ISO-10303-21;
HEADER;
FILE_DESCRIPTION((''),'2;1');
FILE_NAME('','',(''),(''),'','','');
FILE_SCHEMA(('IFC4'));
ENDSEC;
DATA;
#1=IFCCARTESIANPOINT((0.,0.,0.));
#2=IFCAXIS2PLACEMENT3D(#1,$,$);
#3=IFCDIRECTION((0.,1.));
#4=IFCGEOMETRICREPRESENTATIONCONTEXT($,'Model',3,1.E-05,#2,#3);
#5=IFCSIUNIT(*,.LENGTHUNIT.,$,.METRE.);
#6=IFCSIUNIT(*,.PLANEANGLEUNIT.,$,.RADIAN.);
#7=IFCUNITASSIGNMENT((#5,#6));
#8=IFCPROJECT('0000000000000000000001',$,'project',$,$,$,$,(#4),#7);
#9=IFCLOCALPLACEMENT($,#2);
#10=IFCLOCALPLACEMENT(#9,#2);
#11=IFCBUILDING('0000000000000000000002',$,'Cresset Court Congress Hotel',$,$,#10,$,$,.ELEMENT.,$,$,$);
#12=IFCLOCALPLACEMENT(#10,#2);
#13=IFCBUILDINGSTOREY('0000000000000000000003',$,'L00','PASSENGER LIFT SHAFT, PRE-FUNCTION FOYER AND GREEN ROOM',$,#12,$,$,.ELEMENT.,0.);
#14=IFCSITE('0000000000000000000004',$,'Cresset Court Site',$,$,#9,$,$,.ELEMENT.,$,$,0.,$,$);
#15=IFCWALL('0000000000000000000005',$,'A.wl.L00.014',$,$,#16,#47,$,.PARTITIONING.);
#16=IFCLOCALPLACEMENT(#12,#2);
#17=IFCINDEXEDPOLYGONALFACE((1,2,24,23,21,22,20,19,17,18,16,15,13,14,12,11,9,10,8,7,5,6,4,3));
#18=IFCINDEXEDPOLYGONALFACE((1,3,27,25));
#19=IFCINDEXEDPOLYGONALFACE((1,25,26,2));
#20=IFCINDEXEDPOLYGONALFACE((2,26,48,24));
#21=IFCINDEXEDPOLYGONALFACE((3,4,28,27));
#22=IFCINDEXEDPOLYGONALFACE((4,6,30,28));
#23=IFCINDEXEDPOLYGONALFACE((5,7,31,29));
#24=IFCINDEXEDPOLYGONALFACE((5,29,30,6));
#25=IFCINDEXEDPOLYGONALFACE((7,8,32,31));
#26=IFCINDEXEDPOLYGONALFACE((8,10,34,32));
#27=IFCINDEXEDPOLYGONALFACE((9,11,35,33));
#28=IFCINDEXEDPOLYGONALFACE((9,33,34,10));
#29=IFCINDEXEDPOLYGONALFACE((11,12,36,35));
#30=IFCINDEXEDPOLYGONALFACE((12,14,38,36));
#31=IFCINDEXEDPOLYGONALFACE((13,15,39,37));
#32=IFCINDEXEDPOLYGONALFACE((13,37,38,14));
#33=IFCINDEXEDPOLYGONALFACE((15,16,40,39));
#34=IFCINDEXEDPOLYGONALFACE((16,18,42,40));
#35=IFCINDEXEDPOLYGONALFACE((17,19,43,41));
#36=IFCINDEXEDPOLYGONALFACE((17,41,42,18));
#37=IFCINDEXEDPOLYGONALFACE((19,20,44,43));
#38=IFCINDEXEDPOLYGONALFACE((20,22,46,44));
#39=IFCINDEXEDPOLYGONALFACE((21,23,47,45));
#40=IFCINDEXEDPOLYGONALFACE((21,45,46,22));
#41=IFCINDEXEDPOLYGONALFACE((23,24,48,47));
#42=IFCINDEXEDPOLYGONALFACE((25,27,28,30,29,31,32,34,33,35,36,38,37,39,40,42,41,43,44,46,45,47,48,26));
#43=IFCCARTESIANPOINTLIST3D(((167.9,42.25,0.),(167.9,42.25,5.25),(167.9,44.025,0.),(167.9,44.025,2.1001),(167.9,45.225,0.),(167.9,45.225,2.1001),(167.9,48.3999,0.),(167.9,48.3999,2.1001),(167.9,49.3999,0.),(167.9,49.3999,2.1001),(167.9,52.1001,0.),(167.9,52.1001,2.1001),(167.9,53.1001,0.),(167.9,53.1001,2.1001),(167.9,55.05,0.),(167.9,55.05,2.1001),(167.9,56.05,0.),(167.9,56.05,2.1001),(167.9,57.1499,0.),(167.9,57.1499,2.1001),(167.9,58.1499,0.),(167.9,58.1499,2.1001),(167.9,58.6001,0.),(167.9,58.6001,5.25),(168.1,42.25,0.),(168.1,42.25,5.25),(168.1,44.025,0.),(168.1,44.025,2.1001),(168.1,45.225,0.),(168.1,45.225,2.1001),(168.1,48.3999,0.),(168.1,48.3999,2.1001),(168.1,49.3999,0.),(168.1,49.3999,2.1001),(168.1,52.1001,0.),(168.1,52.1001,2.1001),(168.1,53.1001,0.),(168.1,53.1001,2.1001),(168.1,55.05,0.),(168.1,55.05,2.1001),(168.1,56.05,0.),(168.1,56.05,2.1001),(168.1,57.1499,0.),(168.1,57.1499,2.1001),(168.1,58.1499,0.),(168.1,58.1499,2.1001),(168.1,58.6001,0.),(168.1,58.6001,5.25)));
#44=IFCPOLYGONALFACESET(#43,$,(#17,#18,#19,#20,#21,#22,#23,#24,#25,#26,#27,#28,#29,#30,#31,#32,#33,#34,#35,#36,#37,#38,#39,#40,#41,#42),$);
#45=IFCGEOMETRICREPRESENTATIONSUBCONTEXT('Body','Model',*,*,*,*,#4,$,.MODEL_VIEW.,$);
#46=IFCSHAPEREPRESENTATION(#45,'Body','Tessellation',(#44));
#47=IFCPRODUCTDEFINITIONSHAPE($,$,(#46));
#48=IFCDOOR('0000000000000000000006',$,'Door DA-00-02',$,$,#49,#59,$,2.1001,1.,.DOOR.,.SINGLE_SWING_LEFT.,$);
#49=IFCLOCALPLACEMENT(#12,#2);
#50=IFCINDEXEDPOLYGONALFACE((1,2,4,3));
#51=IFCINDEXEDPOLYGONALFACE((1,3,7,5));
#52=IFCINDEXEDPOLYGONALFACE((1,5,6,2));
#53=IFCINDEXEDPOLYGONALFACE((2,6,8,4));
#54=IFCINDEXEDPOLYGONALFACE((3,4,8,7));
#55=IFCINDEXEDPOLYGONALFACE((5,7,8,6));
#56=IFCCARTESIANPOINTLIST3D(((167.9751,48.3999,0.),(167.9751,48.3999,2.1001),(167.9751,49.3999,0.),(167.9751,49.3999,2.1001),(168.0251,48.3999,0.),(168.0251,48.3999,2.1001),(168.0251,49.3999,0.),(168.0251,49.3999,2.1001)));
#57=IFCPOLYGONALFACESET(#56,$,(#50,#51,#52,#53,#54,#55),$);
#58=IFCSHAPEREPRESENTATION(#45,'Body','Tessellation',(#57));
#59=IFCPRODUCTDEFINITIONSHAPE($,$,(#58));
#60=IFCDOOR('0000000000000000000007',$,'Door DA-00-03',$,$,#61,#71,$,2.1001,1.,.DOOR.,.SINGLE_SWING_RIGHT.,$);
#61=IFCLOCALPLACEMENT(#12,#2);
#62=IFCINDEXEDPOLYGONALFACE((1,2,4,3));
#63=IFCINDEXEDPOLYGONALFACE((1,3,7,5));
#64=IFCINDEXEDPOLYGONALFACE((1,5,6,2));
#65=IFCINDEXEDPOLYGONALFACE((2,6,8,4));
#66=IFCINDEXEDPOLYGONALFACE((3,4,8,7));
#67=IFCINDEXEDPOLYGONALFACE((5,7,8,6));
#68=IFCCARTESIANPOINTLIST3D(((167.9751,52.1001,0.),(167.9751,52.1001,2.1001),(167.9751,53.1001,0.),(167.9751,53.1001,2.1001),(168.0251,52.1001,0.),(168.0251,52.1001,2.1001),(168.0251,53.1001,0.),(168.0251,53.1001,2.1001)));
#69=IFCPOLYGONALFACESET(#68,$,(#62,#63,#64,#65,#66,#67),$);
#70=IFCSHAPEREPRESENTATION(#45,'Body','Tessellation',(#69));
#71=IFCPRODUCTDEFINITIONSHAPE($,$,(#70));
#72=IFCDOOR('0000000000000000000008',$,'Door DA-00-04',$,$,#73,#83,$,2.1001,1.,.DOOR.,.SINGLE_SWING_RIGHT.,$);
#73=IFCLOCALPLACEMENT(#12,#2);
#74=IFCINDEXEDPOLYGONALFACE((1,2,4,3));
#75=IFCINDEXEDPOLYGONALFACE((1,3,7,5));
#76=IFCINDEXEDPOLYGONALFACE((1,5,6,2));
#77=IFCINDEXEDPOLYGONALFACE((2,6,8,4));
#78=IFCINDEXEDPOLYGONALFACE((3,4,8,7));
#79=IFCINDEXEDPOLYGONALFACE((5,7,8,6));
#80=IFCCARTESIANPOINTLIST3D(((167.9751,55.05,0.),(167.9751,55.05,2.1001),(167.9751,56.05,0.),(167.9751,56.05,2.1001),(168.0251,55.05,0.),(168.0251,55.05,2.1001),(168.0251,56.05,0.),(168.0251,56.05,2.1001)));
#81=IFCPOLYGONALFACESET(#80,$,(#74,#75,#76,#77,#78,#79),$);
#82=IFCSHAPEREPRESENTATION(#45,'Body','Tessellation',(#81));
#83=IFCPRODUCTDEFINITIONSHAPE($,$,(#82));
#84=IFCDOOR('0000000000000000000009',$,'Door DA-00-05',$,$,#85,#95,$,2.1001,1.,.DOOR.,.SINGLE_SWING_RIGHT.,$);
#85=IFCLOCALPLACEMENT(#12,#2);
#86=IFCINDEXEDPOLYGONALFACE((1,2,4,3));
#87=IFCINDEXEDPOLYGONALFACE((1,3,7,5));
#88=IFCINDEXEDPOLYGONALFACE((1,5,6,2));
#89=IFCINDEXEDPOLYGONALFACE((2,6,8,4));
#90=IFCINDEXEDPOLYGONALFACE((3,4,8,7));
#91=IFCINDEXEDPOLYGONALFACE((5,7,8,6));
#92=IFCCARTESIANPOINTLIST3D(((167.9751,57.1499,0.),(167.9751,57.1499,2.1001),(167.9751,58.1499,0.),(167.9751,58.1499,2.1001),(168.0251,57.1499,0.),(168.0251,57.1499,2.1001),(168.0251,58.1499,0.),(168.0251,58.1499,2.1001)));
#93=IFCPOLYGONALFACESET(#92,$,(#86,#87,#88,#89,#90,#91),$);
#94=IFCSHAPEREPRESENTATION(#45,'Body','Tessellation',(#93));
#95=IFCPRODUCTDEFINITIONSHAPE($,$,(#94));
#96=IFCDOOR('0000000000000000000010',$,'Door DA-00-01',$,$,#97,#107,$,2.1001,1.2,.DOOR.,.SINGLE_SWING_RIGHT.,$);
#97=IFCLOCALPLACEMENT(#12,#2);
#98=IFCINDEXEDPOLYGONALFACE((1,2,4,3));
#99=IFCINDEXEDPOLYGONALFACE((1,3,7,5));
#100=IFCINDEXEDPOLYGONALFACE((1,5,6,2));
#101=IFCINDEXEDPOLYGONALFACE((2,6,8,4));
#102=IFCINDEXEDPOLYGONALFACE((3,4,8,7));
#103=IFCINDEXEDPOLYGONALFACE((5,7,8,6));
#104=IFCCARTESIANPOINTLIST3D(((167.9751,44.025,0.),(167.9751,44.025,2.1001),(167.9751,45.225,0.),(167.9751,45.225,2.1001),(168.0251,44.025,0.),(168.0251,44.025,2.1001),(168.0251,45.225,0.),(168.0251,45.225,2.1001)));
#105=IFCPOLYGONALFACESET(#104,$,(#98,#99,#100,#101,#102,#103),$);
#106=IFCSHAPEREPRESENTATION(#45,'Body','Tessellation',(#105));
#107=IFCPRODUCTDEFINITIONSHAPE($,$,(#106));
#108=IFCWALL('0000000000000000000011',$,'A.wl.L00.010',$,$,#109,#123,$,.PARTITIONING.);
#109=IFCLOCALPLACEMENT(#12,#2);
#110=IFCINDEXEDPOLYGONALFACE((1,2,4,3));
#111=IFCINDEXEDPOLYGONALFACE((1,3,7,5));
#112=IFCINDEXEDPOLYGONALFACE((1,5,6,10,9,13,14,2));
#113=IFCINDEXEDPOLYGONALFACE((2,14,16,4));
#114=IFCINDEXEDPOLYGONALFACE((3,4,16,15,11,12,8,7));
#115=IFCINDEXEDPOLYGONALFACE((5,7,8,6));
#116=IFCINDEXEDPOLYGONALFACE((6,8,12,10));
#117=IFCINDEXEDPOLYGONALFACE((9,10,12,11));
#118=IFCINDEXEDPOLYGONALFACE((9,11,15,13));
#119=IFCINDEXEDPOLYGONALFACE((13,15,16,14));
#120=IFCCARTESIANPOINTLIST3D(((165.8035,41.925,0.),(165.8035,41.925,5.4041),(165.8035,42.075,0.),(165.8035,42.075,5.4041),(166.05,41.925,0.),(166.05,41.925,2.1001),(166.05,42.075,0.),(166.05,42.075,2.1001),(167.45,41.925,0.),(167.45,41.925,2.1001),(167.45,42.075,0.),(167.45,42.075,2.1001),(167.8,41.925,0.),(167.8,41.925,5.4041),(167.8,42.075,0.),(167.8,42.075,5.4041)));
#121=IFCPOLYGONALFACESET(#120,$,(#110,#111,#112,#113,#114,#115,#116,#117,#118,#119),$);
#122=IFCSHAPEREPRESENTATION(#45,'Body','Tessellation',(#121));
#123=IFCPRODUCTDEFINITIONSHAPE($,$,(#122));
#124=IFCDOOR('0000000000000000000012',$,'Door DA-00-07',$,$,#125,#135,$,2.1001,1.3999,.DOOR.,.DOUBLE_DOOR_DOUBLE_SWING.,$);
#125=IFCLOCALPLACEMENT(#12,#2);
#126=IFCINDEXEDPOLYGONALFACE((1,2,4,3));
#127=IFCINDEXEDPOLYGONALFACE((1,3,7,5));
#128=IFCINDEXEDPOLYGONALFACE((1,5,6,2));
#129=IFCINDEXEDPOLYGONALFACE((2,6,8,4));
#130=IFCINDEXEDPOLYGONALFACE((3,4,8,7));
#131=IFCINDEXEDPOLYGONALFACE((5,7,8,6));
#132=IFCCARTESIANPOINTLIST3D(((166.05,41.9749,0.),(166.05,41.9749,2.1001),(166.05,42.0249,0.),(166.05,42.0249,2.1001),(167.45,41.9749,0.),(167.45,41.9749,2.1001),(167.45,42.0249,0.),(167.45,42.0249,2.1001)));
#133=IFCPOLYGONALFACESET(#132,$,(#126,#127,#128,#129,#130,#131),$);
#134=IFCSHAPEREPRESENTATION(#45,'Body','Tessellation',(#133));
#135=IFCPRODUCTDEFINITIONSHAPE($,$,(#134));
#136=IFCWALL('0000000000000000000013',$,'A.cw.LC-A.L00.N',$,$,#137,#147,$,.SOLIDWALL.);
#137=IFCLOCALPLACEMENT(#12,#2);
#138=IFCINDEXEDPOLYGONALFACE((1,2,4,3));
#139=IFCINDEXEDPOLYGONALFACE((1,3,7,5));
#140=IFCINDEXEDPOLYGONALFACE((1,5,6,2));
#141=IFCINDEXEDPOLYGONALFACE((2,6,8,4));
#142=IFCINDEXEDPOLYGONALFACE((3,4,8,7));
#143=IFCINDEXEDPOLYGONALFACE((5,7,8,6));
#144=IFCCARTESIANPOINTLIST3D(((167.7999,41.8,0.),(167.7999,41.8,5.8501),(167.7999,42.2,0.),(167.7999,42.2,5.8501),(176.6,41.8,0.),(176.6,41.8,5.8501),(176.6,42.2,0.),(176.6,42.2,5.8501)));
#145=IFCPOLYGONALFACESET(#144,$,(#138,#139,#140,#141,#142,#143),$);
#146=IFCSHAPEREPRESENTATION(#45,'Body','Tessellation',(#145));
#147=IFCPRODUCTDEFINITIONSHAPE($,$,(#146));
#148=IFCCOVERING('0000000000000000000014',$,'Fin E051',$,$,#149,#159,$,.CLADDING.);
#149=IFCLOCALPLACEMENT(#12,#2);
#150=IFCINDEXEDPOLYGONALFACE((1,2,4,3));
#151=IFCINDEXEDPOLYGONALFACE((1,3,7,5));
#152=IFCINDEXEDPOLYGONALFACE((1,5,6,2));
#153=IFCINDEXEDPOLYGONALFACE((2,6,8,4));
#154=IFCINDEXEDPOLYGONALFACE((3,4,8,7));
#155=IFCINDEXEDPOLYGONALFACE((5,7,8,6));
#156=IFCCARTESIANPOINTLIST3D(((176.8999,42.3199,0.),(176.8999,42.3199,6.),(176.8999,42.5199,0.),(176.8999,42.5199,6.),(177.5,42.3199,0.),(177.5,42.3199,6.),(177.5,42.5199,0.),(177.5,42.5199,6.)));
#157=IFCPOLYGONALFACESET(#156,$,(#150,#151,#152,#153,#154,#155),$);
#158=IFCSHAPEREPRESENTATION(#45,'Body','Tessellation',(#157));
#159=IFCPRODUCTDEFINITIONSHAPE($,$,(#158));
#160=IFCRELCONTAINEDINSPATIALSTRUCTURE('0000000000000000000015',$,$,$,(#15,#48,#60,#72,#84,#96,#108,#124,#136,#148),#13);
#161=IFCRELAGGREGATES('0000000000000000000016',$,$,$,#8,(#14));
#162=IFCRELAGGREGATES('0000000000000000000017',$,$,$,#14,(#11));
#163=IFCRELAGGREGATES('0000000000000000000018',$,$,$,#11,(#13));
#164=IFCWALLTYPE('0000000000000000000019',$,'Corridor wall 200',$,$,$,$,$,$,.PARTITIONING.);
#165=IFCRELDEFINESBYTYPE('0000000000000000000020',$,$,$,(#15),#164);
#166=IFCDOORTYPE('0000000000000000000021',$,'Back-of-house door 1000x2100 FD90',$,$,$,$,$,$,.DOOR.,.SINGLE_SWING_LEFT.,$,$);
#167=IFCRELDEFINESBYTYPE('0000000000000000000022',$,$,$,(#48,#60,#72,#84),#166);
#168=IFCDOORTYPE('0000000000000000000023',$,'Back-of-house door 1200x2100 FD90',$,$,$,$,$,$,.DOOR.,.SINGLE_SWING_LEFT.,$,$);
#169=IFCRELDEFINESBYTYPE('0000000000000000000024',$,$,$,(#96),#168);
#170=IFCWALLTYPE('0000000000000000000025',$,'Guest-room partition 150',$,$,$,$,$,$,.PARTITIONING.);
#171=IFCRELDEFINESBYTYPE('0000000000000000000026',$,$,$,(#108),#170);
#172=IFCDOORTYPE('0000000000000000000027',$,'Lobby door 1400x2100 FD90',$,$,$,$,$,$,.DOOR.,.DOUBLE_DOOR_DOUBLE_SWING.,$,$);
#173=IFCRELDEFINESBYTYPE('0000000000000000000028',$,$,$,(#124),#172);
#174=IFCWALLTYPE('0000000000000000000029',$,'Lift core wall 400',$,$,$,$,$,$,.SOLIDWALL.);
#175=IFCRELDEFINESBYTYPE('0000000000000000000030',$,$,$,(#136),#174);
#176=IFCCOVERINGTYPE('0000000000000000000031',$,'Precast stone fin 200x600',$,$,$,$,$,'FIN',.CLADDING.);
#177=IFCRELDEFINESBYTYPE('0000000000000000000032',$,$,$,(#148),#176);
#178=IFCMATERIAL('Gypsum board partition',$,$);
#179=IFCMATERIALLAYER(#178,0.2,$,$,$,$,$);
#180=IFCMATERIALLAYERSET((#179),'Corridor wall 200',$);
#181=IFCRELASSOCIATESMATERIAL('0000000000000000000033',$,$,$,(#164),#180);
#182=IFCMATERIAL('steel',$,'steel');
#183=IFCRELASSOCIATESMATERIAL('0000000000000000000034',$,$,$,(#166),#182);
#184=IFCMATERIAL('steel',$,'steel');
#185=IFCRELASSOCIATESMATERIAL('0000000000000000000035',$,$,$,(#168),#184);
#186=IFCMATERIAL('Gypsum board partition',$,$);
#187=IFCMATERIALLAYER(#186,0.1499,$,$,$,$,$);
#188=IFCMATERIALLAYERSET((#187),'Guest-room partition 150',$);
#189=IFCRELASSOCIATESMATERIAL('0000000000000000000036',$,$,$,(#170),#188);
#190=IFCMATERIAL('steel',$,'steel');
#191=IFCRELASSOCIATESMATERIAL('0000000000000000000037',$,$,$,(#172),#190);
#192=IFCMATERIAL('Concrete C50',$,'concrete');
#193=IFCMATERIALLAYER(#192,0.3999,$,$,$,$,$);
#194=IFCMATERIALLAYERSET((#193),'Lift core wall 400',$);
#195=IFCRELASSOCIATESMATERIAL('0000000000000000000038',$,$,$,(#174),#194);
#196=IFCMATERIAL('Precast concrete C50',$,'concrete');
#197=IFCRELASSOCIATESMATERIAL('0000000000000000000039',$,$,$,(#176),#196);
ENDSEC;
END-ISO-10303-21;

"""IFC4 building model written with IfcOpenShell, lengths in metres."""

from ifc_helpers import new_model, si_unit, direction, frame, frame_2d, origin, origin_2d, place, context, subcontext, project, spatial, rectangle, extrude, material, layer, layer_set, type_object, element, fill, save


model = new_model("IFC4")

# Units and contexts
model_context = context("Model", 3, precision=1e-05, world=origin(), true_north=direction((0.0, 1.0)))
body_context = subcontext(model_context, "Body", "Model", "MODEL_VIEW")
ifc_project = project(units=[si_unit("LENGTHUNIT", "METRE"), si_unit("PLANEANGLEUNIT", "RADIAN")], contexts=[model_context])

# Site, building, storey
site_placement = place(None, origin())
site = spatial("IfcSite", under=ifc_project, at=site_placement, Name="Cresset Court Site", CompositionType="ELEMENT", RefElevation=0.0)
building_placement = place(site_placement, origin())
building = spatial("IfcBuilding", under=site, at=building_placement, Name="Cresset Court Congress Hotel", CompositionType="ELEMENT")
storey_placement = place(building_placement, origin())
storey = spatial("IfcBuildingStorey", under=building, at=storey_placement, Name="L00", Description="PASSENGER LIFT SHAFT, PRE-FUNCTION FOYER AND GREEN ROOM", CompositionType="ELEMENT", Elevation=0.0)

# Shared definitions
ifc_material_1 = material(Name="Gypsum board partition")
ifc_layer_1 = layer(ifc_material_1, 0.2)
ifc_layer_set_1 = layer_set([ifc_layer_1], Name="Corridor wall 200")
wall_type_1 = type_object("IfcWallType", Name="Corridor wall 200", PredefinedType="PARTITIONING", material=ifc_layer_set_1)

# Wall, openings, doors
wall_1_placement = place(storey_placement, frame((168.0, 42.25, 0.0), z_axis=(0.0, 0.0, 1.0), x_axis=(0.0, 1.0, 0.0)))
wall_1 = element("IfcWall", 1, at=wall_1_placement, inside=storey, type_object=wall_type_1, Name="A.wl.L00.014", PredefinedType="PARTITIONING", context=body_context, shape_type="SweptSolid", body=[
    extrude(rectangle(XDim=16.3501, YDim=0.2, at=frame_2d((8.175, 0.0))), origin(), (0.0, 0.0, 1.0), 5.25),
])
opening_1_placement = place(wall_1_placement, frame((1.7749, 0.0, 0.0)))
opening_1 = element("IfcOpeningElement", 2, at=opening_1_placement, cuts=wall_1, PredefinedType="OPENING", context=body_context, shape_type="SweptSolid", body=[
    extrude(rectangle(XDim=1.2, YDim=2.1001, at=frame_2d((0.6001, 1.05))), frame((0.0, 0.1099, 0.0), z_axis=(0.0, -1.0, 0.0), x_axis=(1.0, 0.0, 0.0)), (0.0, 0.0, 1.0), 0.22),
])
opening_2_placement = place(wall_1_placement, frame((6.1499, 0.0, 0.0)))
opening_2 = element("IfcOpeningElement", 3, at=opening_2_placement, cuts=wall_1, PredefinedType="OPENING", context=body_context, shape_type="SweptSolid", body=[
    extrude(rectangle(XDim=1.0, YDim=2.1001, at=frame_2d((0.5, 1.05))), frame((0.0, 0.1099, 0.0), z_axis=(0.0, -1.0, 0.0), x_axis=(1.0, 0.0, 0.0)), (0.0, 0.0, 1.0), 0.22),
])
opening_3_placement = place(wall_1_placement, frame((9.8501, 0.0, 0.0)))
opening_3 = element("IfcOpeningElement", 4, at=opening_3_placement, cuts=wall_1, PredefinedType="OPENING", context=body_context, shape_type="SweptSolid", body=[
    extrude(rectangle(XDim=1.0, YDim=2.1001, at=frame_2d((0.5, 1.05))), frame((0.0, 0.1099, 0.0), z_axis=(0.0, -1.0, 0.0), x_axis=(1.0, 0.0, 0.0)), (0.0, 0.0, 1.0), 0.22),
])
opening_4_placement = place(wall_1_placement, frame((12.8, 0.0, 0.0)))
opening_4 = element("IfcOpeningElement", 5, at=opening_4_placement, cuts=wall_1, PredefinedType="OPENING", context=body_context, shape_type="SweptSolid", body=[
    extrude(rectangle(XDim=1.0, YDim=2.1001, at=frame_2d((0.5, 1.05))), frame((0.0, 0.1099, 0.0), z_axis=(0.0, -1.0, 0.0), x_axis=(1.0, 0.0, 0.0)), (0.0, 0.0, 1.0), 0.22),
])
opening_5_placement = place(wall_1_placement, frame((14.8999, 0.0, 0.0)))
opening_5 = element("IfcOpeningElement", 6, at=opening_5_placement, cuts=wall_1, PredefinedType="OPENING", context=body_context, shape_type="SweptSolid", body=[
    extrude(rectangle(XDim=1.0, YDim=2.1001, at=frame_2d((0.5, 1.05))), frame((0.0, 0.1099, 0.0), z_axis=(0.0, -1.0, 0.0), x_axis=(1.0, 0.0, 0.0)), (0.0, 0.0, 1.0), 0.22),
])
ifc_material_2 = material(Name="steel", Category="steel")
door_type_1 = type_object("IfcDoorType", Name="Back-of-house door 1000x2100 FD90", OperationType="SINGLE_SWING_LEFT", PredefinedType="DOOR", material=ifc_material_2)
door_1_placement = place(opening_2_placement, origin())
door_1 = element("IfcDoor", 7, at=door_1_placement, inside=storey, type_object=door_type_1, Name="Door DA-00-02", OperationType="SINGLE_SWING_LEFT", OverallHeight=2.1001, OverallWidth=1.0, PredefinedType="DOOR", context=body_context, shape_type="SweptSolid", body=[
    extrude(rectangle(XDim=1.0, YDim=2.1001, at=frame_2d((0.5, 1.05))), frame((0.0, 0.0249, 0.0), z_axis=(0.0, -1.0, 0.0), x_axis=(1.0, 0.0, 0.0)), (0.0, 0.0, 1.0), 0.05),
])
fill(opening_2, door_1)
door_2_placement = place(opening_3_placement, origin())
door_2 = element("IfcDoor", 8, at=door_2_placement, inside=storey, type_object=door_type_1, Name="Door DA-00-03", OperationType="SINGLE_SWING_RIGHT", OverallHeight=2.1001, OverallWidth=1.0, PredefinedType="DOOR", context=body_context, shape_type="SweptSolid", body=[
    extrude(rectangle(XDim=1.0, YDim=2.1001, at=frame_2d((0.5, 1.05))), frame((0.0, 0.0249, 0.0), z_axis=(0.0, -1.0, 0.0), x_axis=(1.0, 0.0, 0.0)), (0.0, 0.0, 1.0), 0.05),
])
fill(opening_3, door_2)
door_3_placement = place(opening_4_placement, origin())
door_3 = element("IfcDoor", 9, at=door_3_placement, inside=storey, type_object=door_type_1, Name="Door DA-00-04", OperationType="SINGLE_SWING_RIGHT", OverallHeight=2.1001, OverallWidth=1.0, PredefinedType="DOOR", context=body_context, shape_type="SweptSolid", body=[
    extrude(rectangle(XDim=1.0, YDim=2.1001, at=frame_2d((0.5, 1.05))), frame((0.0, 0.0249, 0.0), z_axis=(0.0, -1.0, 0.0), x_axis=(1.0, 0.0, 0.0)), (0.0, 0.0, 1.0), 0.05),
])
fill(opening_4, door_3)
door_4_placement = place(opening_5_placement, origin())
door_4 = element("IfcDoor", 10, at=door_4_placement, inside=storey, type_object=door_type_1, Name="Door DA-00-05", OperationType="SINGLE_SWING_RIGHT", OverallHeight=2.1001, OverallWidth=1.0, PredefinedType="DOOR", context=body_context, shape_type="SweptSolid", body=[
    extrude(rectangle(XDim=1.0, YDim=2.1001, at=frame_2d((0.5, 1.05))), frame((0.0, 0.0249, 0.0), z_axis=(0.0, -1.0, 0.0), x_axis=(1.0, 0.0, 0.0)), (0.0, 0.0, 1.0), 0.05),
])
fill(opening_5, door_4)
ifc_material_3 = material(Name="steel", Category="steel")
door_type_2 = type_object("IfcDoorType", Name="Back-of-house door 1200x2100 FD90", OperationType="SINGLE_SWING_LEFT", PredefinedType="DOOR", material=ifc_material_3)
door_5_placement = place(opening_1_placement, origin())
door_5 = element("IfcDoor", 11, at=door_5_placement, inside=storey, type_object=door_type_2, Name="Door DA-00-01", OperationType="SINGLE_SWING_RIGHT", OverallHeight=2.1001, OverallWidth=1.2, PredefinedType="DOOR", context=body_context, shape_type="SweptSolid", body=[
    extrude(rectangle(XDim=1.2, YDim=2.1001, at=frame_2d((0.6001, 1.05))), frame((0.0, 0.0249, 0.0), z_axis=(0.0, -1.0, 0.0), x_axis=(1.0, 0.0, 0.0)), (0.0, 0.0, 1.0), 0.05),
])
fill(opening_1, door_5)

# Wall, opening, door
ifc_material_4 = material(Name="Gypsum board partition")
ifc_layer_2 = layer(ifc_material_4, 0.1499)
ifc_layer_set_2 = layer_set([ifc_layer_2], Name="Guest-room partition 150")
wall_type_2 = type_object("IfcWallType", Name="Guest-room partition 150", PredefinedType="PARTITIONING", material=ifc_layer_set_2)
wall_2_placement = place(storey_placement, frame((165.8035, 42.0, 0.0), z_axis=(0.0, 0.0, 1.0), x_axis=(1.0, 0.0, 0.0)))
wall_2 = element("IfcWall", 12, at=wall_2_placement, inside=storey, type_object=wall_type_2, Name="A.wl.L00.010", PredefinedType="PARTITIONING", context=body_context, shape_type="SweptSolid", body=[
    extrude(rectangle(XDim=1.9966, YDim=0.1499, at=frame_2d((0.9983, 0.0))), origin(), (0.0, 0.0, 1.0), 5.4041),
])
opening_6_placement = place(wall_2_placement, frame((0.2466, 0.0, 0.0)))
opening_6 = element("IfcOpeningElement", 13, at=opening_6_placement, cuts=wall_2, PredefinedType="OPENING", context=body_context, shape_type="SweptSolid", body=[
    extrude(rectangle(XDim=1.3999, YDim=2.1001, at=frame_2d((0.7, 1.05))), frame((0.0, 0.085, 0.0), z_axis=(0.0, -1.0, 0.0), x_axis=(1.0, 0.0, 0.0)), (0.0, 0.0, 1.0), 0.1699),
])
ifc_material_5 = material(Name="steel", Category="steel")
door_type_3 = type_object("IfcDoorType", Name="Lobby door 1400x2100 FD90", OperationType="DOUBLE_DOOR_DOUBLE_SWING", PredefinedType="DOOR", material=ifc_material_5)
door_6_placement = place(opening_6_placement, origin())
door_6 = element("IfcDoor", 14, at=door_6_placement, inside=storey, type_object=door_type_3, Name="Door DA-00-07", OperationType="DOUBLE_DOOR_DOUBLE_SWING", OverallHeight=2.1001, OverallWidth=1.3999, PredefinedType="DOOR", context=body_context, shape_type="SweptSolid", body=[
    extrude(rectangle(XDim=1.3999, YDim=2.1001, at=frame_2d((0.7, 1.05))), frame((0.0, 0.0249, 0.0), z_axis=(0.0, -1.0, 0.0), x_axis=(1.0, 0.0, 0.0)), (0.0, 0.0, 1.0), 0.05),
])
fill(opening_6, door_6)

# Wall
ifc_material_6 = material(Name="Concrete C50", Category="concrete")
ifc_layer_3 = layer(ifc_material_6, 0.3999)
ifc_layer_set_3 = layer_set([ifc_layer_3], Name="Lift core wall 400")
wall_type_3 = type_object("IfcWallType", Name="Lift core wall 400", PredefinedType="SOLIDWALL", material=ifc_layer_set_3)
wall_3_placement = place(storey_placement, frame((167.8, 42.0, 0.0), z_axis=(0.0, 0.0, 1.0), x_axis=(1.0, 0.0, 0.0)))
element("IfcWall", 15, at=wall_3_placement, inside=storey, type_object=wall_type_3, Name="A.cw.LC-A.L00.N", PredefinedType="SOLIDWALL", context=body_context, shape_type="SweptSolid", body=[
    extrude(rectangle(XDim=8.8, YDim=0.3999, at=frame_2d((4.3999, 0.0))), origin(), (0.0, 0.0, 1.0), 5.8501),
])

# Covering
ifc_material_7 = material(Name="Precast concrete C50", Category="concrete")
covering_type = type_object("IfcCoveringType", Name="Precast stone fin 200x600", ElementType="FIN", PredefinedType="CLADDING", material=ifc_material_7)
for number, where, z_axis, x_axis, name in (
    (16, (177.2, 42.4199, 0.0), (0.0, 0.0, 1.0), (1.0, 0.0, 0.0), "Fin E051"),
):
    element("IfcCovering", number, at=place(storey_placement, frame(where, z_axis=z_axis, x_axis=x_axis)), inside=storey, type_object=covering_type, Name=name, PredefinedType="CLADDING", context=body_context, shape_type="SweptSolid", body=[
        extrude(rectangle(XDim=0.6001, YDim=0.2, at=origin_2d()), origin(), (0.0, 0.0, 1.0), 6.0),
    ])

save(model, "model.ifc")
